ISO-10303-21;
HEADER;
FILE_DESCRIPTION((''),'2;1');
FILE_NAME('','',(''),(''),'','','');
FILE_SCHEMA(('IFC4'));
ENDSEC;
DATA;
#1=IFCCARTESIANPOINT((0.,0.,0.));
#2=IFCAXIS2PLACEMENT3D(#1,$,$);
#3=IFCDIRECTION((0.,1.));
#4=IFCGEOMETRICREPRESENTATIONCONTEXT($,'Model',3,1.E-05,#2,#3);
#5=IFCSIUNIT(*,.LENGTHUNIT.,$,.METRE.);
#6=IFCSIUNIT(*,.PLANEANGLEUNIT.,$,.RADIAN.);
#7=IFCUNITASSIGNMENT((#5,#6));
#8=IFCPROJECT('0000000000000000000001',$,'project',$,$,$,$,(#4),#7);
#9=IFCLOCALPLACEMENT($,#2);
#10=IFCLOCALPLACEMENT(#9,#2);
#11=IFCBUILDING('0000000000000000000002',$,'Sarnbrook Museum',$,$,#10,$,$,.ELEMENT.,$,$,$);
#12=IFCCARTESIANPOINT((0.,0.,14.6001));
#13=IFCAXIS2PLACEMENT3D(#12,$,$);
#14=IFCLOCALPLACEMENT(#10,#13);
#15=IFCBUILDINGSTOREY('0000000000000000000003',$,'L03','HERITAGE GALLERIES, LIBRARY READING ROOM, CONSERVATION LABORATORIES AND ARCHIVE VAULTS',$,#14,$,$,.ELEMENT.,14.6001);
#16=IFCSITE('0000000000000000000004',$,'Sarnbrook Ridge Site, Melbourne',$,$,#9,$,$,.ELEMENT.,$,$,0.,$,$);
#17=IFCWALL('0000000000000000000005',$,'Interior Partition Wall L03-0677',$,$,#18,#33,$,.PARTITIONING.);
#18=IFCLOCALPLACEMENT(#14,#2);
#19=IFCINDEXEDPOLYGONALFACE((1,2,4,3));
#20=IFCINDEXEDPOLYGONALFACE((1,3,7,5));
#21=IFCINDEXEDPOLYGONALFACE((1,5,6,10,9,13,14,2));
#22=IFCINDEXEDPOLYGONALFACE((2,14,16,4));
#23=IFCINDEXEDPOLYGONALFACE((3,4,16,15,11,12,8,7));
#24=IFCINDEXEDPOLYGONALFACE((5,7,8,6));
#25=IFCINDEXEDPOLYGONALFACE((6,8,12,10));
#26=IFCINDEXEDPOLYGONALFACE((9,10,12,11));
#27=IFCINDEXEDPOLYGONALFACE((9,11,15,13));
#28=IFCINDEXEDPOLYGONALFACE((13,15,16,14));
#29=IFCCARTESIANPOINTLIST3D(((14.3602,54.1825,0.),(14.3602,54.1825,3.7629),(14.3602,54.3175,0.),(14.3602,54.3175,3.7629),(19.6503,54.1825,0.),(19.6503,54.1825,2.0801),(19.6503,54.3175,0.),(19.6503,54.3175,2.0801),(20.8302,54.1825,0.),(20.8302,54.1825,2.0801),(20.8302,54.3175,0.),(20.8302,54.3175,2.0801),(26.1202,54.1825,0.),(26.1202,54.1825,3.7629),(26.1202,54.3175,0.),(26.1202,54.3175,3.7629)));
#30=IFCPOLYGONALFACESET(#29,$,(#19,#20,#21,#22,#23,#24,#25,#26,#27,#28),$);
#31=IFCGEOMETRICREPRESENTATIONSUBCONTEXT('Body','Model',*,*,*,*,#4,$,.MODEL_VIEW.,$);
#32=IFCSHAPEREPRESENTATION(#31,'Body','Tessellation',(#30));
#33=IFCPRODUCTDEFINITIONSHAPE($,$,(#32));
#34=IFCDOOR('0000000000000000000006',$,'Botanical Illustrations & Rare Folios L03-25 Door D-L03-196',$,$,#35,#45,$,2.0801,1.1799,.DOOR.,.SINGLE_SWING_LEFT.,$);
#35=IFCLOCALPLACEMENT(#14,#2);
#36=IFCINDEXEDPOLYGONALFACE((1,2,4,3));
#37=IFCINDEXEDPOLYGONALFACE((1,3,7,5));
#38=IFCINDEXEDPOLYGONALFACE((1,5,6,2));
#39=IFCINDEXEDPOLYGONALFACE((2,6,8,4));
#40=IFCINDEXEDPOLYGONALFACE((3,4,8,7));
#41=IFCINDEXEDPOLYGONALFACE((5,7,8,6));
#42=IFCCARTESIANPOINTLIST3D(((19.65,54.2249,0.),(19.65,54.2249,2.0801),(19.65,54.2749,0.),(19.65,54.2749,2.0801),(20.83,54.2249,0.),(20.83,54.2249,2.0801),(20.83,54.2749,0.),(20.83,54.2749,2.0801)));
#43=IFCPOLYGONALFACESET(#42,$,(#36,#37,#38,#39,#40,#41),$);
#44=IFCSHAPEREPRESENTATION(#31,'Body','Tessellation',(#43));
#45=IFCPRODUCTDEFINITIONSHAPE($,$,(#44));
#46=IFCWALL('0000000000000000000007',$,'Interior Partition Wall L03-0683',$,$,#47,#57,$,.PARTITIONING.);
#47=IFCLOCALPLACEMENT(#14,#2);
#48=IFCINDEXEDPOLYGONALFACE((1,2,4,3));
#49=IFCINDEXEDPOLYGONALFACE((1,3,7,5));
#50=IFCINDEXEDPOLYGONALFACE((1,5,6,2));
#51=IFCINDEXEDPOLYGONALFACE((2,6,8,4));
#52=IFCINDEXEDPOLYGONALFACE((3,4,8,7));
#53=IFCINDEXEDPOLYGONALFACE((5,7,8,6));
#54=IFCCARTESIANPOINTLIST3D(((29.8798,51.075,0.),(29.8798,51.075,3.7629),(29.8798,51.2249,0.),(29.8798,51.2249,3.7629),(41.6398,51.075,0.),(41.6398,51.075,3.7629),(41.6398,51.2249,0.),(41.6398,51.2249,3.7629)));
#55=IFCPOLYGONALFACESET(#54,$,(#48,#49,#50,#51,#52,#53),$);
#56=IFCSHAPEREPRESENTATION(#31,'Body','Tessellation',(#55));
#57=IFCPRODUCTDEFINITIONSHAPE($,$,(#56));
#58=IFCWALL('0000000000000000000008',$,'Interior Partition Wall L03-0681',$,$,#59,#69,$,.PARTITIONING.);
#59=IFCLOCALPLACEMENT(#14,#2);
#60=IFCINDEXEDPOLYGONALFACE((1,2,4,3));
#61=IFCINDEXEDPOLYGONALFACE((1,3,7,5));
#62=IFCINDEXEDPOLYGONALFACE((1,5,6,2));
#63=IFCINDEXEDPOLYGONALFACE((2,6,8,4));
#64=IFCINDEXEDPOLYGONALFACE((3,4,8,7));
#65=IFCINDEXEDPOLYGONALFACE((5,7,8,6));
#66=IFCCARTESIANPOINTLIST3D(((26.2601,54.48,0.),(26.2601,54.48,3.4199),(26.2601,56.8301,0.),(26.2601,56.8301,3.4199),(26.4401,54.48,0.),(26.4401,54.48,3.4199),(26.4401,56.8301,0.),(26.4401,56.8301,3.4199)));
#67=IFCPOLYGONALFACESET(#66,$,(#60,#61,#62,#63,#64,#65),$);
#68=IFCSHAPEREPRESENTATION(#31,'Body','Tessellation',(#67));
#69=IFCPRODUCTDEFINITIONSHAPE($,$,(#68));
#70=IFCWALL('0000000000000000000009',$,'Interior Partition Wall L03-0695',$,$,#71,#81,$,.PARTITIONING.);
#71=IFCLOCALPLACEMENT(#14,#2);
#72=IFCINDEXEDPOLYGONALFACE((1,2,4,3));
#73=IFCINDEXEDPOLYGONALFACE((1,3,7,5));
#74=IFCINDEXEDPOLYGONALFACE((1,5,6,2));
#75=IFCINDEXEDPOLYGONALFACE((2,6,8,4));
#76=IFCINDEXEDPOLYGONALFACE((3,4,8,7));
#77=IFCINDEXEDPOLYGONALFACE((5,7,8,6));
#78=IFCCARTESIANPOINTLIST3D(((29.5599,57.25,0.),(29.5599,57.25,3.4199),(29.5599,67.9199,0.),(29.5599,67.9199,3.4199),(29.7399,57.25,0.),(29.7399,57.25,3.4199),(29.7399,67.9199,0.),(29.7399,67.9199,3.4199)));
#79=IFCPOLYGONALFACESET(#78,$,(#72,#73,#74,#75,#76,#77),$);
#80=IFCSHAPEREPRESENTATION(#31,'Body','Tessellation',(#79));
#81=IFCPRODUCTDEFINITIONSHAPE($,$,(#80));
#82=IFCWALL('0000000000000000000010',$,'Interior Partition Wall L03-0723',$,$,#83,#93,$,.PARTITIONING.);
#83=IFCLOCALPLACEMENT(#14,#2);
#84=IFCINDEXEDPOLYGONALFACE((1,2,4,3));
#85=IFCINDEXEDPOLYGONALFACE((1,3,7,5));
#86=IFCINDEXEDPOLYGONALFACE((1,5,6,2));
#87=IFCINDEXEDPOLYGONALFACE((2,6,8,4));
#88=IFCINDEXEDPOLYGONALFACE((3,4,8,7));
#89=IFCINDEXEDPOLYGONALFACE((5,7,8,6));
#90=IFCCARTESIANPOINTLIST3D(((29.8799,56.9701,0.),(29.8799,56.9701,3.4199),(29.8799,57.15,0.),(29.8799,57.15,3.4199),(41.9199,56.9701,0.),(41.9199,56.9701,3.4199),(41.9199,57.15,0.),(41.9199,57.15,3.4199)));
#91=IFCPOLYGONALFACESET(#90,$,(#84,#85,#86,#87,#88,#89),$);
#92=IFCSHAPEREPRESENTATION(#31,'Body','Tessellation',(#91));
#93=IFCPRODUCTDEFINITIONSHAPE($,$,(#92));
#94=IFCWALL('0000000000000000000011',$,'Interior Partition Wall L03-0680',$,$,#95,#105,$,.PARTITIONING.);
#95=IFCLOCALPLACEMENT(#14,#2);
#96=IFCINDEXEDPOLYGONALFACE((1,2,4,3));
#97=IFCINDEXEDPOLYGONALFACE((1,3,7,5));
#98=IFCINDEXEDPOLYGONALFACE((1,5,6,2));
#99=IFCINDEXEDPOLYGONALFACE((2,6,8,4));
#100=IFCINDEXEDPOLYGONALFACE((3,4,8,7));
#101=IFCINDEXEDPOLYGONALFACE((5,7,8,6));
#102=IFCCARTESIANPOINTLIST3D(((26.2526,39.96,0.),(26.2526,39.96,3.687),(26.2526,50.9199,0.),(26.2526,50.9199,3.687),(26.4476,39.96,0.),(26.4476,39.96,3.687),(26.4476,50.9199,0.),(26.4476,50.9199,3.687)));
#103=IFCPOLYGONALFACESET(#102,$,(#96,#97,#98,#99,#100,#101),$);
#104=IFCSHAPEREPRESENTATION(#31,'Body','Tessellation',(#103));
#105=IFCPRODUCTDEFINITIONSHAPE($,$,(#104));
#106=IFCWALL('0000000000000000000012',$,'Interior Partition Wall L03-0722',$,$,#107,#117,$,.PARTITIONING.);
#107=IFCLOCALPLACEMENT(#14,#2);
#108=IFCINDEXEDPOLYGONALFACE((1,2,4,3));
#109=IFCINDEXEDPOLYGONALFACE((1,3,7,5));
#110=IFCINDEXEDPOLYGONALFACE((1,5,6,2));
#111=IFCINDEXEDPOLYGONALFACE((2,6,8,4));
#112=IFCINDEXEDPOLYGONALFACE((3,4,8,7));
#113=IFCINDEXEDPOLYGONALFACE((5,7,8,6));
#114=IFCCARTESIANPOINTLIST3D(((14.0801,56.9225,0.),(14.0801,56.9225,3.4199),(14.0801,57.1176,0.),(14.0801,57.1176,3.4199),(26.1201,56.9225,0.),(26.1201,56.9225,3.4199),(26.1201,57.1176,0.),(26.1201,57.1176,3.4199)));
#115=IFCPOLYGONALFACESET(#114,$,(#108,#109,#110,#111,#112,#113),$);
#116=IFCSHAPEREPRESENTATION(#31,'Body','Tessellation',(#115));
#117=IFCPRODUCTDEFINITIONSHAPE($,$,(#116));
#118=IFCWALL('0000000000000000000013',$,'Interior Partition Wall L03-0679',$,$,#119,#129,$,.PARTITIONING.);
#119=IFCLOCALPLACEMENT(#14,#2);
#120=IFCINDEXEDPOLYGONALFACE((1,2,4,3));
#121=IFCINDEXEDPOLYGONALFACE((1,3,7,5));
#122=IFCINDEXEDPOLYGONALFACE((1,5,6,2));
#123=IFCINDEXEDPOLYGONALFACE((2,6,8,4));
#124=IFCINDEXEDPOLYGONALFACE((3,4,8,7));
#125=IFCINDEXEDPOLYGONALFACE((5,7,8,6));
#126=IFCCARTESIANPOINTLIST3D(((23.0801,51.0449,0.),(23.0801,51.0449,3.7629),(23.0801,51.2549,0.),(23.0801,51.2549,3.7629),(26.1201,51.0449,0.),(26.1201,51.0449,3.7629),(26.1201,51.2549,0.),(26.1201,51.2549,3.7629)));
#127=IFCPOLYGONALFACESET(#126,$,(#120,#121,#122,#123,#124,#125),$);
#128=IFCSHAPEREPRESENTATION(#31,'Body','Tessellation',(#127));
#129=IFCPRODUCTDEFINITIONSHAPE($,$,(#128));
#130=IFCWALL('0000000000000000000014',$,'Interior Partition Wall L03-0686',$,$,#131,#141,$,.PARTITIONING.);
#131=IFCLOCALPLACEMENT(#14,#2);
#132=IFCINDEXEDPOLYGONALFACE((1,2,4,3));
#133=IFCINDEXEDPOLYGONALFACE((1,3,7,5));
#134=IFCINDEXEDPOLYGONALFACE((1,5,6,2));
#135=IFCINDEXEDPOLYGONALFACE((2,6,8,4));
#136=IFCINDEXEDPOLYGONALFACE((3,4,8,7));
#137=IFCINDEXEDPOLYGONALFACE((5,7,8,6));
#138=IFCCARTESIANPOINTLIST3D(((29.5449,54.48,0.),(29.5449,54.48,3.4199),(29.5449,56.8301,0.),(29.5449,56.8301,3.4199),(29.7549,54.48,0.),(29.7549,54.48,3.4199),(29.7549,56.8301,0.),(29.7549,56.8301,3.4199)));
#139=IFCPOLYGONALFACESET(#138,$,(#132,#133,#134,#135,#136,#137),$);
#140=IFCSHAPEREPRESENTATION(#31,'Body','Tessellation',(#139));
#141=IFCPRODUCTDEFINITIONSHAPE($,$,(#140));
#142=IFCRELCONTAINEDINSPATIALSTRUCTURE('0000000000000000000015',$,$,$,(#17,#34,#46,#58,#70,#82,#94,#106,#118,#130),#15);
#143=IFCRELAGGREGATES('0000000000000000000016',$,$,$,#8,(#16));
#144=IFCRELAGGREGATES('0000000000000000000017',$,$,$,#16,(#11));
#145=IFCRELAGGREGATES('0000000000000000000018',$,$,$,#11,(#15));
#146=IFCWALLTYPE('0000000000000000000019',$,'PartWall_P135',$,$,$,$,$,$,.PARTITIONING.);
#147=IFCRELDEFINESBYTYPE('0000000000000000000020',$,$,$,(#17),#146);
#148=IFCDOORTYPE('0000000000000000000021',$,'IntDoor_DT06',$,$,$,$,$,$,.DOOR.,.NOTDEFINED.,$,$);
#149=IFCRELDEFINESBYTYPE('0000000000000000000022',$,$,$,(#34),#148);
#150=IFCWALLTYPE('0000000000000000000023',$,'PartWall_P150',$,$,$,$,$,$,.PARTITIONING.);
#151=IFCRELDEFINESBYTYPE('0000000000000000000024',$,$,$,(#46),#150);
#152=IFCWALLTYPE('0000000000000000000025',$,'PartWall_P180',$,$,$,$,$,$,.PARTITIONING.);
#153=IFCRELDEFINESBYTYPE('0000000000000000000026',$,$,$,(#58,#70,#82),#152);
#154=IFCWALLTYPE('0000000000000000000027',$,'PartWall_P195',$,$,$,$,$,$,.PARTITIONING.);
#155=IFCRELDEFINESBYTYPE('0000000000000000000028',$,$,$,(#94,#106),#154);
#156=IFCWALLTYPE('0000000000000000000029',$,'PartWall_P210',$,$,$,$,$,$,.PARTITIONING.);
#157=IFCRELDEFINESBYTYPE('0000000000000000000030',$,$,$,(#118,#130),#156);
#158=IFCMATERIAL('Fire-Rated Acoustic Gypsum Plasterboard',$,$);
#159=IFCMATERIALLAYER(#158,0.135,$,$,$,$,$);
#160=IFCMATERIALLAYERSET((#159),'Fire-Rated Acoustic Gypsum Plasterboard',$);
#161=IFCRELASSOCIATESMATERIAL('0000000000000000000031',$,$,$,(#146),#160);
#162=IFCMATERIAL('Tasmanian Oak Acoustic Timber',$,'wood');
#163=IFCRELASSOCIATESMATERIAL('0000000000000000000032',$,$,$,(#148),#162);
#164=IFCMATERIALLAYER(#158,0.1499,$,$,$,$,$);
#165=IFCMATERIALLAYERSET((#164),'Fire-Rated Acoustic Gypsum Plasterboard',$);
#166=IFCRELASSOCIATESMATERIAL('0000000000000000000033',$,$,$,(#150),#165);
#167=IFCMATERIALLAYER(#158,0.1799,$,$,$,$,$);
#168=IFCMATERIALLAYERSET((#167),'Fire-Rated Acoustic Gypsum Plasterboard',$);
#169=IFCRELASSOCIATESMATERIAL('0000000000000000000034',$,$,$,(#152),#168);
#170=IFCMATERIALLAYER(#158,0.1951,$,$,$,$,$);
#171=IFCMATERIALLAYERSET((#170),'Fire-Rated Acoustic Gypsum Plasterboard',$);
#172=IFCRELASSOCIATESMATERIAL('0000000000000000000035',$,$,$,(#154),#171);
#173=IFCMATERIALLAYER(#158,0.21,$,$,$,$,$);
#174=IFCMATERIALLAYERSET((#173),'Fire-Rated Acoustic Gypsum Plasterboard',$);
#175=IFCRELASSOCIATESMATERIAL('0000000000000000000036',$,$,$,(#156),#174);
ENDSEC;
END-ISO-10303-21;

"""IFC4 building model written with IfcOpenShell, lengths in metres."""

from ifc_helpers import new_model, si_unit, direction, frame, frame_2d, origin, place, context, subcontext, project, spatial, rectangle, extrude, material, layer, layer_set, type_object, element, fill, save


model = new_model("IFC4")

# Units and contexts
model_context = context("Model", 3, precision=1e-05, world=origin(), true_north=direction((0.0, 1.0)))
body_context = subcontext(model_context, "Body", "Model", "MODEL_VIEW")
ifc_project = project(units=[si_unit("LENGTHUNIT", "METRE"), si_unit("PLANEANGLEUNIT", "RADIAN")], contexts=[model_context])

# Site, building, storey
site_placement = place(None, origin())
site = spatial("IfcSite", under=ifc_project, at=site_placement, Name="Sarnbrook Ridge Site, Melbourne", CompositionType="ELEMENT", RefElevation=0.0)
building_placement = place(site_placement, origin())
building = spatial("IfcBuilding", under=site, at=building_placement, Name="Sarnbrook Museum", CompositionType="ELEMENT")
storey_placement = place(building_placement, frame((0.0, 0.0, 14.6001)))
storey = spatial("IfcBuildingStorey", under=building, at=storey_placement, Name="L03", Description="HERITAGE GALLERIES, LIBRARY READING ROOM, CONSERVATION LABORATORIES AND ARCHIVE VAULTS", CompositionType="ELEMENT", Elevation=14.6001)

# Wall, opening, door
ifc_material_1 = material(Name="Fire-Rated Acoustic Gypsum Plasterboard")
ifc_layer_1 = layer(ifc_material_1, 0.135)
ifc_layer_set_1 = layer_set([ifc_layer_1], Name="Fire-Rated Acoustic Gypsum Plasterboard")
wall_type_1 = type_object("IfcWallType", Name="PartWall_P135", PredefinedType="PARTITIONING", material=ifc_layer_set_1)
wall_1_placement = place(storey_placement, frame((26.1201, 54.25, 0.0), z_axis=(0.0, 0.0, 1.0), x_axis=(-1.0, 0.0, 0.0)))
wall_1 = element("IfcWall", 1, at=wall_1_placement, inside=storey, type_object=wall_type_1, Name="Interior Partition Wall L03-0677", PredefinedType="PARTITIONING", context=body_context, shape_type="SweptSolid", body=[
    extrude(rectangle(XDim=11.76, YDim=0.135, at=frame_2d((5.8799, 0.0))), origin(), (0.0, 0.0, 1.0), 3.7629),
])
opening_placement = place(wall_1_placement, frame((5.29, 0.0, 0.0)))
opening = element("IfcOpeningElement", 2, at=opening_placement, cuts=wall_1, PredefinedType="OPENING", context=body_context, shape_type="SweptSolid", body=[
    extrude(rectangle(XDim=1.1799, YDim=2.0801, at=frame_2d((0.5898, 1.04))), frame((0.0, 0.0776, 0.0), z_axis=(0.0, -1.0, 0.0), x_axis=(1.0, 0.0, 0.0)), (0.0, 0.0, 1.0), 0.155),
])
ifc_material_2 = material(Name="Tasmanian Oak Acoustic Timber", Category="wood")
door_type = type_object("IfcDoorType", Name="IntDoor_DT06", OperationType="NOTDEFINED", PredefinedType="DOOR", material=ifc_material_2)
door_placement = place(opening_placement, frame((1.1799, 0.0, 0.0), z_axis=(0.0, 0.0, 1.0), x_axis=(-1.0, 0.0, 0.0)))
door = element("IfcDoor", 3, at=door_placement, inside=storey, type_object=door_type, Name="Botanical Illustrations & Rare Folios L03-25 Door D-L03-196", OperationType="SINGLE_SWING_LEFT", OverallHeight=2.0801, OverallWidth=1.1799, PredefinedType="DOOR", context=body_context, shape_type="SweptSolid", body=[
    extrude(rectangle(XDim=1.1799, YDim=2.0801, at=frame_2d((0.5898, 1.04))), frame((0.0, 0.0249, 0.0), z_axis=(0.0, -1.0, 0.0), x_axis=(1.0, 0.0, 0.0)), (0.0, 0.0, 1.0), 0.05),
])
fill(opening, door)

# Walls
ifc_layer_2 = layer(ifc_material_1, 0.1499)
ifc_layer_set_2 = layer_set([ifc_layer_2], Name="Fire-Rated Acoustic Gypsum Plasterboard")
wall_type_2 = type_object("IfcWallType", Name="PartWall_P150", PredefinedType="PARTITIONING", material=ifc_layer_set_2)
wall_2_placement = place(storey_placement, frame((29.8799, 51.1499, 0.0), z_axis=(0.0, 0.0, 1.0), x_axis=(1.0, 0.0, 0.0)))
element("IfcWall", 4, at=wall_2_placement, inside=storey, type_object=wall_type_2, Name="Interior Partition Wall L03-0683", PredefinedType="PARTITIONING", context=body_context, shape_type="SweptSolid", body=[
    extrude(rectangle(XDim=11.76, YDim=0.1499, at=frame_2d((5.8799, 0.0))), origin(), (0.0, 0.0, 1.0), 3.7629),
])
ifc_layer_3 = layer(ifc_material_1, 0.1799)
ifc_layer_set_3 = layer_set([ifc_layer_3], Name="Fire-Rated Acoustic Gypsum Plasterboard")
wall_type_3 = type_object("IfcWallType", Name="PartWall_P180", PredefinedType="PARTITIONING", material=ifc_layer_set_3)
wall_3_placement = place(storey_placement, frame((26.3501, 56.8301, 0.0), z_axis=(0.0, 0.0, 1.0), x_axis=(0.0, -1.0, 0.0)))
element("IfcWall", 5, at=wall_3_placement, inside=storey, type_object=wall_type_3, Name="Interior Partition Wall L03-0681", PredefinedType="PARTITIONING", context=body_context, shape_type="SweptSolid", body=[
    extrude(rectangle(XDim=2.3501, YDim=0.1799, at=frame_2d((1.175, 0.0))), origin(), (0.0, 0.0, 1.0), 3.4199),
])
wall_4_placement = place(storey_placement, frame((29.6499, 57.25, 0.0), z_axis=(0.0, 0.0, 1.0), x_axis=(0.0, 1.0, 0.0)))
element("IfcWall", 6, at=wall_4_placement, inside=storey, type_object=wall_type_3, Name="Interior Partition Wall L03-0695", PredefinedType="PARTITIONING", context=body_context, shape_type="SweptSolid", body=[
    extrude(rectangle(XDim=10.6699, YDim=0.1799, at=frame_2d((5.335, 0.0))), origin(), (0.0, 0.0, 1.0), 3.4199),
])
wall_5_placement = place(storey_placement, frame((29.8799, 57.0601, 0.0), z_axis=(0.0, 0.0, 1.0), x_axis=(1.0, 0.0, 0.0)))
element("IfcWall", 7, at=wall_5_placement, inside=storey, type_object=wall_type_3, Name="Interior Partition Wall L03-0723", PredefinedType="PARTITIONING", context=body_context, shape_type="SweptSolid", body=[
    extrude(rectangle(XDim=12.04, YDim=0.1799, at=frame_2d((6.02, 0.0))), origin(), (0.0, 0.0, 1.0), 3.4199),
])
ifc_layer_4 = layer(ifc_material_1, 0.1951)
ifc_layer_set_4 = layer_set([ifc_layer_4], Name="Fire-Rated Acoustic Gypsum Plasterboard")
wall_type_4 = type_object("IfcWallType", Name="PartWall_P195", PredefinedType="PARTITIONING", material=ifc_layer_set_4)
wall_6_placement = place(storey_placement, frame((26.3501, 50.9199, 0.0), z_axis=(0.0, 0.0, 1.0), x_axis=(0.0, -1.0, 0.0)))
element("IfcWall", 8, at=wall_6_placement, inside=storey, type_object=wall_type_4, Name="Interior Partition Wall L03-0680", PredefinedType="PARTITIONING", context=body_context, shape_type="SweptSolid", body=[
    extrude(rectangle(XDim=10.96, YDim=0.1951, at=frame_2d((5.48, 0.0))), origin(), (0.0, 0.0, 1.0), 3.687),
])
wall_7_placement = place(storey_placement, frame((26.1201, 57.02, 0.0), z_axis=(0.0, 0.0, 1.0), x_axis=(-1.0, 0.0, 0.0)))
element("IfcWall", 9, at=wall_7_placement, inside=storey, type_object=wall_type_4, Name="Interior Partition Wall L03-0722", PredefinedType="PARTITIONING", context=body_context, shape_type="SweptSolid", body=[
    extrude(rectangle(XDim=12.04, YDim=0.1951, at=frame_2d((6.02, 0.0))), origin(), (0.0, 0.0, 1.0), 3.4199),
])
ifc_layer_5 = layer(ifc_material_1, 0.21)
ifc_layer_set_5 = layer_set([ifc_layer_5], Name="Fire-Rated Acoustic Gypsum Plasterboard")
wall_type_5 = type_object("IfcWallType", Name="PartWall_P210", PredefinedType="PARTITIONING", material=ifc_layer_set_5)
wall_8_placement = place(storey_placement, frame((23.0801, 51.1499, 0.0), z_axis=(0.0, 0.0, 1.0), x_axis=(1.0, 0.0, 0.0)))
element("IfcWall", 10, at=wall_8_placement, inside=storey, type_object=wall_type_5, Name="Interior Partition Wall L03-0679", PredefinedType="PARTITIONING", context=body_context, shape_type="SweptSolid", body=[
    extrude(rectangle(XDim=3.04, YDim=0.21, at=frame_2d((1.52, 0.0))), origin(), (0.0, 0.0, 1.0), 3.7629),
])
wall_9_placement = place(storey_placement, frame((29.6499, 54.48, 0.0), z_axis=(0.0, 0.0, 1.0), x_axis=(0.0, 1.0, 0.0)))
element("IfcWall", 11, at=wall_9_placement, inside=storey, type_object=wall_type_5, Name="Interior Partition Wall L03-0686", PredefinedType="PARTITIONING", context=body_context, shape_type="SweptSolid", body=[
    extrude(rectangle(XDim=2.3501, YDim=0.21, at=frame_2d((1.175, 0.0))), origin(), (0.0, 0.0, 1.0), 3.4199),
])

save(model, "model.ifc")
